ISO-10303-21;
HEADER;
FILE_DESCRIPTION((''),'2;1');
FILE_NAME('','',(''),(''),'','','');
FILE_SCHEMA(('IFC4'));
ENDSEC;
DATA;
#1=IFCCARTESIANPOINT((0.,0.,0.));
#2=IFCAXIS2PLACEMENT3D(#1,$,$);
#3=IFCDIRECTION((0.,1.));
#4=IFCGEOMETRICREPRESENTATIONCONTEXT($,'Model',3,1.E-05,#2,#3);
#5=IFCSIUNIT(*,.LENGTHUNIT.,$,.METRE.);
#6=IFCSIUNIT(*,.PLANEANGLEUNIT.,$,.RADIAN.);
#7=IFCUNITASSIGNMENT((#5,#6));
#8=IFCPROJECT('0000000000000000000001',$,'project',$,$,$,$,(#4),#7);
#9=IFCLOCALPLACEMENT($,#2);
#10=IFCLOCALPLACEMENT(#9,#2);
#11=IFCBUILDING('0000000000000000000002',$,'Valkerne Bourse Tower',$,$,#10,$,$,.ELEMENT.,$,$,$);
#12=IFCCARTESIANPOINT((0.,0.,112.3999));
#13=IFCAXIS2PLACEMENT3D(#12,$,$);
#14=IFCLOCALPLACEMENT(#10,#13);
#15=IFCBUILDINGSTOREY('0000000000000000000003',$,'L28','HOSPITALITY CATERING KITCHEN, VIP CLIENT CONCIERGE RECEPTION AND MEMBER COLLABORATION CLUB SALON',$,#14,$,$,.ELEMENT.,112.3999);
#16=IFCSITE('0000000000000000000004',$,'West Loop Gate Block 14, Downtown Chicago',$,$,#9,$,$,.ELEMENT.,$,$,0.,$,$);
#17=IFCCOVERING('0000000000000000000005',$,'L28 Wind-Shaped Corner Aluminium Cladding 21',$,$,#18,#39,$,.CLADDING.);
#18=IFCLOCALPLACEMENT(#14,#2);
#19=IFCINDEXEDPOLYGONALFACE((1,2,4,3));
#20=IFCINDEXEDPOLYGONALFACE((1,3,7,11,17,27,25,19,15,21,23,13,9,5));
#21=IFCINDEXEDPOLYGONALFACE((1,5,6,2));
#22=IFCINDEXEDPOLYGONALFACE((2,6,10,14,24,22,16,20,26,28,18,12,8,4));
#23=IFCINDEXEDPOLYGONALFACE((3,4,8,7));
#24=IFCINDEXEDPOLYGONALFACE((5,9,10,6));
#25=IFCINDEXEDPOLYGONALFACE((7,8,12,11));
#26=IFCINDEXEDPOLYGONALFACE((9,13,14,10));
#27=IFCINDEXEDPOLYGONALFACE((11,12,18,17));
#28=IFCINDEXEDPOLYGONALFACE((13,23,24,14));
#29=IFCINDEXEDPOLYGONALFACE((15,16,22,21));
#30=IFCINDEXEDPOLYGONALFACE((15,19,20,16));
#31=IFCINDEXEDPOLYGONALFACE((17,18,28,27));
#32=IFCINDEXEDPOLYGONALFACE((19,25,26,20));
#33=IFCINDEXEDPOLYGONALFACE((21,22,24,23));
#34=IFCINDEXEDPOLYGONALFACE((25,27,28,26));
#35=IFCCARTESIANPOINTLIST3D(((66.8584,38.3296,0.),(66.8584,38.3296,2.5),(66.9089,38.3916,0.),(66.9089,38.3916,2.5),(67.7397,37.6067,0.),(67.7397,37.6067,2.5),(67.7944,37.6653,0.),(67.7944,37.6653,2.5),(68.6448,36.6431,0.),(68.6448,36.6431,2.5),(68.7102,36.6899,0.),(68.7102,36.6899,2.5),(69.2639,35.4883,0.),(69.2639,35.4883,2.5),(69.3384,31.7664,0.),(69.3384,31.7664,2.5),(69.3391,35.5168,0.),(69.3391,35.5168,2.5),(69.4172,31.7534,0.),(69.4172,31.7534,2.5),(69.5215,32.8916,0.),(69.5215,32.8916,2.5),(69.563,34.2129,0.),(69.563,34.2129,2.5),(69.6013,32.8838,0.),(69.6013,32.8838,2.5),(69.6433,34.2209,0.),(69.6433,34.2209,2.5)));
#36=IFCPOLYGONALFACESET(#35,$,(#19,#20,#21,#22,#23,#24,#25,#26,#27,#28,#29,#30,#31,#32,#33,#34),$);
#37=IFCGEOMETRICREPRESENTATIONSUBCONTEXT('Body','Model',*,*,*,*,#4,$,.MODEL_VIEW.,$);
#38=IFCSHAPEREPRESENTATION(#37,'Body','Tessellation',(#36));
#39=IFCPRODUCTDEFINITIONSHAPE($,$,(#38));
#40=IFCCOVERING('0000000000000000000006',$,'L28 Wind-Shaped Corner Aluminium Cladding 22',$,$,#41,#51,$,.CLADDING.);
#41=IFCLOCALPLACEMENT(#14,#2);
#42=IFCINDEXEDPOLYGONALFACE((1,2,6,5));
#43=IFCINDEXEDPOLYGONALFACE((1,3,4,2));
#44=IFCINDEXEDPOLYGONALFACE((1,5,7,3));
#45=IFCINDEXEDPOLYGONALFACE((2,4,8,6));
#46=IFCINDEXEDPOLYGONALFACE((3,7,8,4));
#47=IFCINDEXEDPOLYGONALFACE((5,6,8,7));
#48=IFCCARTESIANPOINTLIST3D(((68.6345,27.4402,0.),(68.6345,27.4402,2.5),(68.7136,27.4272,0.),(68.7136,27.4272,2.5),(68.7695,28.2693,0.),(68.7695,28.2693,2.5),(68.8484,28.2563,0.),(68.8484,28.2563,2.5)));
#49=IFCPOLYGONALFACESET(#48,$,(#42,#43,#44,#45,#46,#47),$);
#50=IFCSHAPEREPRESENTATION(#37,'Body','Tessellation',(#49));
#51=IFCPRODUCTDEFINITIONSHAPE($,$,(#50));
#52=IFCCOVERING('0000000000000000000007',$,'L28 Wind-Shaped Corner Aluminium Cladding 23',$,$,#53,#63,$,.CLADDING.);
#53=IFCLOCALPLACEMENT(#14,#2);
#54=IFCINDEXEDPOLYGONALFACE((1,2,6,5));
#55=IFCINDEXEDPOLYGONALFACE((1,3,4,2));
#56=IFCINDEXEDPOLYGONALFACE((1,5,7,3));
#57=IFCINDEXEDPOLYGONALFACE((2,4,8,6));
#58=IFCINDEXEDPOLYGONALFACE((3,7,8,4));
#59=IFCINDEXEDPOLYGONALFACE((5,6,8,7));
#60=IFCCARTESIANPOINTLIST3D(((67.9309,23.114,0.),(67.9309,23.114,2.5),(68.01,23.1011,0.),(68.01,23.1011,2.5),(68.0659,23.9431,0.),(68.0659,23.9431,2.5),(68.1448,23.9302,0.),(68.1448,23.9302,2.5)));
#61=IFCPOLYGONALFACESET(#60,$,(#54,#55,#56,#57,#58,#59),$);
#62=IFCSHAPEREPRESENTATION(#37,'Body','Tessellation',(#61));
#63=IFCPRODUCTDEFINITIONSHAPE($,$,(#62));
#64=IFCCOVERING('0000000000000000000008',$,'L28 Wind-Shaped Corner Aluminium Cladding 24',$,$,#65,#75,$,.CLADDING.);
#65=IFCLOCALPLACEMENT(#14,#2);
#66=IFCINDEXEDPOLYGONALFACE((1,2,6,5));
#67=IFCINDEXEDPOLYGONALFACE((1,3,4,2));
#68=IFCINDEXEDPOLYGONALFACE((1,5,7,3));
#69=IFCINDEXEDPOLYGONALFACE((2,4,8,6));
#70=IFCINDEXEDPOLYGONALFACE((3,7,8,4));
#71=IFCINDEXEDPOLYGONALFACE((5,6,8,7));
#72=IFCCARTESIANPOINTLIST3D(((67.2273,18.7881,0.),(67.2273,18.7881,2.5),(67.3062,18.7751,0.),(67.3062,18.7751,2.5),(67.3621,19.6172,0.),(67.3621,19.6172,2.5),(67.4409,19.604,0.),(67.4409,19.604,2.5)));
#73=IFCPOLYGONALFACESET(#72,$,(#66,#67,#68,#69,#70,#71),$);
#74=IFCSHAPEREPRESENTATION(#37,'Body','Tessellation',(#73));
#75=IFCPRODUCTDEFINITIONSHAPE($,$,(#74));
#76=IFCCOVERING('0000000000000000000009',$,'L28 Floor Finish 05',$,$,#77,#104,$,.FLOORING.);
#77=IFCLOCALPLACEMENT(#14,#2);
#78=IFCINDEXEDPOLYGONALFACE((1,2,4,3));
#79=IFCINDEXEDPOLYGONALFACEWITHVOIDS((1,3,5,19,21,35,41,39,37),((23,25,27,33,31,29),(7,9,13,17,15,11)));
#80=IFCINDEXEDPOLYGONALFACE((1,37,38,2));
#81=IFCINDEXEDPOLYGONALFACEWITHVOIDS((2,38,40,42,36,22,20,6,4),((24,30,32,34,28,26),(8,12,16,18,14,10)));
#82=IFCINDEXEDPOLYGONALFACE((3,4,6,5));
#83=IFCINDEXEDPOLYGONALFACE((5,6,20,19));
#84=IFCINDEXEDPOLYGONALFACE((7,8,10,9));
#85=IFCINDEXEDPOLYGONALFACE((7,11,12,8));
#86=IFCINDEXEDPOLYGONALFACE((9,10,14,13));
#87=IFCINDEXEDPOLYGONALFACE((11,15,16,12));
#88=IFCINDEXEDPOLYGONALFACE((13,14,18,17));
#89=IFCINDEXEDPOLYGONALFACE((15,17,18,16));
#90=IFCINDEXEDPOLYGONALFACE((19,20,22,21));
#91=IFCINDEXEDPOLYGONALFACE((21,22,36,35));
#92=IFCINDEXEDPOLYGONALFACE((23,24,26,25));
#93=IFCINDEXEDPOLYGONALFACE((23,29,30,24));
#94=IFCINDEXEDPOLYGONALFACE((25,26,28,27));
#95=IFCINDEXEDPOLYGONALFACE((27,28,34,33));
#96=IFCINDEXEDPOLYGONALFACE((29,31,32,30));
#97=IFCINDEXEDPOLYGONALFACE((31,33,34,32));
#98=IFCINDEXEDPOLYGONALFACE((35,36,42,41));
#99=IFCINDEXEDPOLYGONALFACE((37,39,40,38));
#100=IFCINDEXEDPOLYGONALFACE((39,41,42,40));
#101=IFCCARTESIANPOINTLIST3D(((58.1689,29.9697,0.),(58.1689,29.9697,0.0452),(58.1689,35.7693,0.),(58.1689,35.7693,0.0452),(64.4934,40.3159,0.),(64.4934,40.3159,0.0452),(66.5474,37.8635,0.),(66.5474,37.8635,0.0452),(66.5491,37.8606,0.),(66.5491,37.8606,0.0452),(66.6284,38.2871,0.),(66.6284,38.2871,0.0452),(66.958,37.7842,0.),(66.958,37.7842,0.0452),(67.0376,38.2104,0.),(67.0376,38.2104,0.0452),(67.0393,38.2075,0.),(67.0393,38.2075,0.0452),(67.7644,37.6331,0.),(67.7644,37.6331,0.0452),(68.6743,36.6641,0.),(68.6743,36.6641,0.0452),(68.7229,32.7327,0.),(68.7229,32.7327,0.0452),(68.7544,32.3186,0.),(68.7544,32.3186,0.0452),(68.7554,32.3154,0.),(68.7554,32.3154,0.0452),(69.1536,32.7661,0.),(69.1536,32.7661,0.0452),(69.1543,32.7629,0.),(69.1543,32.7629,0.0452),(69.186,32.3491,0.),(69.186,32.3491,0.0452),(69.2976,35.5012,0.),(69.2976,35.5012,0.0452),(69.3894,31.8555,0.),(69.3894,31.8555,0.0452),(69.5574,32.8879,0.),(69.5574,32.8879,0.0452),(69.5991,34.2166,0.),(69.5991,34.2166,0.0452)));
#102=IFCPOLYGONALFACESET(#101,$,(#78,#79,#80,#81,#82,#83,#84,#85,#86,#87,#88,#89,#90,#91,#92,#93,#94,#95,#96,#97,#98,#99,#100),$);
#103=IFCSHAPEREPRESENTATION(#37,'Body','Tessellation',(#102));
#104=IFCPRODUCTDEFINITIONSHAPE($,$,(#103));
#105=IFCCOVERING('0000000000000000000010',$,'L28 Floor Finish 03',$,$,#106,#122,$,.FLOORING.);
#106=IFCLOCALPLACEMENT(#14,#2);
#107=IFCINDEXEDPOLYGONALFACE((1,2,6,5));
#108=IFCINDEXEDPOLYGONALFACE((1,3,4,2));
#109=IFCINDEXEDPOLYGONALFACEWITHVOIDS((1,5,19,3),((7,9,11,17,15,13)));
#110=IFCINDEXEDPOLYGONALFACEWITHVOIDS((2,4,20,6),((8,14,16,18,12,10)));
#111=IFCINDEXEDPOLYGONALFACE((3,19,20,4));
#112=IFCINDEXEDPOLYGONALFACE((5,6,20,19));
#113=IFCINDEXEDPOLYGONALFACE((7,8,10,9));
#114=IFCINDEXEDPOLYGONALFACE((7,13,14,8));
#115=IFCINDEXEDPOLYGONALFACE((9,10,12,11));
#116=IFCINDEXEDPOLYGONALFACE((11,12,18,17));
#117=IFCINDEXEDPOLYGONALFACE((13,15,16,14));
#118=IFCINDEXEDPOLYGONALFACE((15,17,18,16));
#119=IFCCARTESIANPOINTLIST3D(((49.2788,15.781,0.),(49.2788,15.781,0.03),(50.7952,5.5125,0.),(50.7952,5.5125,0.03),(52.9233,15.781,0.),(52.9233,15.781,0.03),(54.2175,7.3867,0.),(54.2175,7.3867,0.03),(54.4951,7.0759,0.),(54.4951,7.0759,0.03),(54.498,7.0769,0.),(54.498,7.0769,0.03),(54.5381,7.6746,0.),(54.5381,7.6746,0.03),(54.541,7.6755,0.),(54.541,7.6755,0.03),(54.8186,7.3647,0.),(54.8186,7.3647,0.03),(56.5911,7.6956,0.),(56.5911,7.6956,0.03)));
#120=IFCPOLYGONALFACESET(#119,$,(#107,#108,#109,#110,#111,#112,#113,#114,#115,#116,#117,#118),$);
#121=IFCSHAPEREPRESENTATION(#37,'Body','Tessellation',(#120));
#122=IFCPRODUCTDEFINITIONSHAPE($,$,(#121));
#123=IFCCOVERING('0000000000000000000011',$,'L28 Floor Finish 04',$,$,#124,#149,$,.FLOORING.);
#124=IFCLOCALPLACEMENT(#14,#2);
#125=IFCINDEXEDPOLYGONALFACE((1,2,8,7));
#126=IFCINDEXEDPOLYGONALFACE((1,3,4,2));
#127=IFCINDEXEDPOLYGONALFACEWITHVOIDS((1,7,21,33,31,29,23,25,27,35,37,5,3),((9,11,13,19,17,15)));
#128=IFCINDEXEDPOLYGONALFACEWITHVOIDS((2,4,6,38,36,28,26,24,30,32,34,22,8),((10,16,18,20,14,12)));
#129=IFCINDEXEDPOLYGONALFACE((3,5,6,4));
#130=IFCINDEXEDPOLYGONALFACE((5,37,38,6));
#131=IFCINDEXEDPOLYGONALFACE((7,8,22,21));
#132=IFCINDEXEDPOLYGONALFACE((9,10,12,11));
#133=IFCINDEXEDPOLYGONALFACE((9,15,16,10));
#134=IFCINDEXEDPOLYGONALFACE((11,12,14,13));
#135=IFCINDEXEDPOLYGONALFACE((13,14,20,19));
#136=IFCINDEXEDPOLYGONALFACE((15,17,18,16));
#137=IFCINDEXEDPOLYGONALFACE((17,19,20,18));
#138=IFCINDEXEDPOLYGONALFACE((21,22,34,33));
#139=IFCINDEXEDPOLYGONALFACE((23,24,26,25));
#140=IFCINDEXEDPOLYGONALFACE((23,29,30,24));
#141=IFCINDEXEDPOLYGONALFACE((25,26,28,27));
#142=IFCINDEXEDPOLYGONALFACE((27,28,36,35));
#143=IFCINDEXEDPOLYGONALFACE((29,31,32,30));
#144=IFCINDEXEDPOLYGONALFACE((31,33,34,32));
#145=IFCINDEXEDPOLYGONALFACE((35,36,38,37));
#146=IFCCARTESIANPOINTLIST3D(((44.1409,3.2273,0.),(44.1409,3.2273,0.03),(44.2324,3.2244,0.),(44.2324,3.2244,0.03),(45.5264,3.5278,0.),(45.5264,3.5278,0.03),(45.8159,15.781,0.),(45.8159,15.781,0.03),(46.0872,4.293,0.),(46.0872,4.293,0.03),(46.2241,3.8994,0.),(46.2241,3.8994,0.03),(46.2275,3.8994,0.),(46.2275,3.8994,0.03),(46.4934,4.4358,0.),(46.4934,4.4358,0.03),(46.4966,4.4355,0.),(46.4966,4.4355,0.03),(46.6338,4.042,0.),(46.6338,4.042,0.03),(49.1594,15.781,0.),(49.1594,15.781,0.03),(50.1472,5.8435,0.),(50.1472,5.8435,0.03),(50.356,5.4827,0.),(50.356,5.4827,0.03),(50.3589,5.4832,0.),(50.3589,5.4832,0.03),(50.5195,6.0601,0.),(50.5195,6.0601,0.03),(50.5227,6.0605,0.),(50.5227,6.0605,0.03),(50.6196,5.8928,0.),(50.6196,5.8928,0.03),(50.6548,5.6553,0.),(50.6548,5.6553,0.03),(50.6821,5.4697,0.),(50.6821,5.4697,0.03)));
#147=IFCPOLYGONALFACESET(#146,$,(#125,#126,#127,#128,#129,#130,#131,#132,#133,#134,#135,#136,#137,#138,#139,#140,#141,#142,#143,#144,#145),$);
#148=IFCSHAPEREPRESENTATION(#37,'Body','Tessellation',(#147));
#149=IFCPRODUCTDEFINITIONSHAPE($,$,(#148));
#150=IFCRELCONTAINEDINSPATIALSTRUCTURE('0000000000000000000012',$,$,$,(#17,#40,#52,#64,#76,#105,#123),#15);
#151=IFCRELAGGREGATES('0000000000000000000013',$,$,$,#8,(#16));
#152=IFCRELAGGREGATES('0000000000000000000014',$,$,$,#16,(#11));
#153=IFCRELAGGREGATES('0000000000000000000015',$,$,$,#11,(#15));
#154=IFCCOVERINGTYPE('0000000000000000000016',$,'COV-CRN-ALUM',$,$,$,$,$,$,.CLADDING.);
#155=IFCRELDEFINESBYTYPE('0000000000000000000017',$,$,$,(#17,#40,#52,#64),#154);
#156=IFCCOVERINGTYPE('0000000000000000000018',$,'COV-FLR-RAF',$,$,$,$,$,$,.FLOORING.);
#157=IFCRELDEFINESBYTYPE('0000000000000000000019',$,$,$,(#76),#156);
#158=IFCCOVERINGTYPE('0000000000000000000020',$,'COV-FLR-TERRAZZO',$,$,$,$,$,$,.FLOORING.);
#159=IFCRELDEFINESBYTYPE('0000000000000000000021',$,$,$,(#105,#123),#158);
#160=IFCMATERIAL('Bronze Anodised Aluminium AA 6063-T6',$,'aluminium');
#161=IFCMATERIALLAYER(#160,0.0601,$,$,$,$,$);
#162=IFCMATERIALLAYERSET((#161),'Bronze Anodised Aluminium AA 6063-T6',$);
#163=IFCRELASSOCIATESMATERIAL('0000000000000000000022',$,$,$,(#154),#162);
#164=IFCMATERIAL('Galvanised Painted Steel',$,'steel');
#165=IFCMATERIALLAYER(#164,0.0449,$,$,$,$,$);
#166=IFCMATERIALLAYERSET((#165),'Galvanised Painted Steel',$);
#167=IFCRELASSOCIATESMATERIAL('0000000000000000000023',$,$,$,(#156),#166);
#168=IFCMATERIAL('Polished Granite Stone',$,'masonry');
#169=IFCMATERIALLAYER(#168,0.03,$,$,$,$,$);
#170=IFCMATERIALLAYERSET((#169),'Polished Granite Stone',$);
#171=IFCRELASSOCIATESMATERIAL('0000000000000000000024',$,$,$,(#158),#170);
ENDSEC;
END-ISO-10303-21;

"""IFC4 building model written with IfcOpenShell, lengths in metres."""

from ifc_helpers import new_model, si_unit, direction, frame, origin, place, context, subcontext, project, spatial, polyline, outline, extrude, material, layer, layer_set, type_object, element, save


model = new_model("IFC4")

# Units and contexts
model_context = context("Model", 3, precision=1e-05, world=origin(), true_north=direction((0.0, 1.0)))
body_context = subcontext(model_context, "Body", "Model", "MODEL_VIEW")
ifc_project = project(units=[si_unit("LENGTHUNIT", "METRE"), si_unit("PLANEANGLEUNIT", "RADIAN")], contexts=[model_context])

# Site, building, storey
site_placement = place(None, origin())
site = spatial("IfcSite", under=ifc_project, at=site_placement, Name="West Loop Gate Block 14, Downtown Chicago", CompositionType="ELEMENT", RefElevation=0.0)
building_placement = place(site_placement, origin())
building = spatial("IfcBuilding", under=site, at=building_placement, Name="Valkerne Bourse Tower", CompositionType="ELEMENT")
storey_placement = place(building_placement, frame((0.0, 0.0, 112.3999)))
storey = spatial("IfcBuildingStorey", under=building, at=storey_placement, Name="L28", Description="HOSPITALITY CATERING KITCHEN, VIP CLIENT CONCIERGE RECEPTION AND MEMBER COLLABORATION CLUB SALON", CompositionType="ELEMENT", Elevation=112.3999)

# Coverings
ifc_material_1 = material(Name="Bronze Anodised Aluminium AA 6063-T6", Category="aluminium")
ifc_layer_1 = layer(ifc_material_1, 0.0601)
ifc_layer_set_1 = layer_set([ifc_layer_1], Name="Bronze Anodised Aluminium AA 6063-T6")
covering_type_1 = type_object("IfcCoveringType", Name="COV-CRN-ALUM", PredefinedType="CLADDING", material=ifc_layer_set_1)
covering_1_placement = place(storey_placement, origin())
element("IfcCovering", 1, at=covering_1_placement, inside=storey, type_object=covering_type_1, Name="L28 Wind-Shaped Corner Aluminium Cladding 21", PredefinedType="CLADDING", context=body_context, shape_type="SweptSolid", body=[
    extrude(outline(polyline([(67.7944, 37.6653), (68.7102, 36.6899), (69.3391, 35.5168), (69.6433, 34.2209), (69.6013, 32.8838), (69.4172, 31.7534), (69.3384, 31.7664), (69.5215, 32.8916), (69.563, 34.2129), (69.2639, 35.4883), (68.6448, 36.6431), (67.7397, 37.6067), (66.8584, 38.3296), (66.9089, 38.3916), (67.7944, 37.6653)])), origin(), (0.0, 0.0, 1.0), 2.5),
])
covering_2_placement = place(storey_placement, origin())
element("IfcCovering", 2, at=covering_2_placement, inside=storey, type_object=covering_type_1, Name="L28 Wind-Shaped Corner Aluminium Cladding 22", PredefinedType="CLADDING", context=body_context, shape_type="SweptSolid", body=[
    extrude(outline(polyline([(68.7136, 27.4272), (68.6345, 27.4402), (68.7695, 28.2693), (68.8484, 28.2563), (68.7136, 27.4272)])), origin(), (0.0, 0.0, 1.0), 2.5),
])
covering_3_placement = place(storey_placement, origin())
element("IfcCovering", 3, at=covering_3_placement, inside=storey, type_object=covering_type_1, Name="L28 Wind-Shaped Corner Aluminium Cladding 23", PredefinedType="CLADDING", context=body_context, shape_type="SweptSolid", body=[
    extrude(outline(polyline([(68.01, 23.1011), (67.9309, 23.114), (68.0659, 23.9431), (68.1448, 23.9302), (68.01, 23.1011)])), origin(), (0.0, 0.0, 1.0), 2.5),
])
covering_4_placement = place(storey_placement, origin())
element("IfcCovering", 4, at=covering_4_placement, inside=storey, type_object=covering_type_1, Name="L28 Wind-Shaped Corner Aluminium Cladding 24", PredefinedType="CLADDING", context=body_context, shape_type="SweptSolid", body=[
    extrude(outline(polyline([(67.3062, 18.7751), (67.2273, 18.7881), (67.3621, 19.6172), (67.4409, 19.604), (67.3062, 18.7751)])), origin(), (0.0, 0.0, 1.0), 2.5),
])
ifc_material_2 = material(Name="Galvanised Painted Steel", Category="steel")
ifc_layer_2 = layer(ifc_material_2, 0.0449)
ifc_layer_set_2 = layer_set([ifc_layer_2], Name="Galvanised Painted Steel")
covering_type_2 = type_object("IfcCoveringType", Name="COV-FLR-RAF", PredefinedType="FLOORING", material=ifc_layer_set_2)
covering_5_placement = place(storey_placement, origin())
element("IfcCovering", 5, at=covering_5_placement, inside=storey, type_object=covering_type_2, Name="L28 Floor Finish 05", PredefinedType="FLOORING", context=body_context, shape_type="SweptSolid", body=[
    extrude(outline(polyline([(69.2976, 35.5012), (69.5991, 34.2166), (69.5574, 32.8879), (69.3894, 31.8555), (58.1689, 29.9697), (58.1689, 35.7693), (64.4934, 40.3159), (67.7644, 37.6331), (68.6743, 36.6641), (69.2976, 35.5012)]), holes=[polyline([(69.1543, 32.7629), (69.1536, 32.7661), (68.7229, 32.7327), (68.7544, 32.3186), (68.7554, 32.3154), (69.186, 32.3491), (69.1543, 32.7629)]), polyline([(67.0393, 38.2075), (67.0376, 38.2104), (66.6284, 38.2871), (66.5474, 37.8635), (66.5491, 37.8606), (66.958, 37.7842), (67.0393, 38.2075)])]), origin(), (0.0, 0.0, 1.0), 0.0452),
])
ifc_material_3 = material(Name="Polished Granite Stone", Category="masonry")
ifc_layer_3 = layer(ifc_material_3, 0.03)
ifc_layer_set_3 = layer_set([ifc_layer_3], Name="Polished Granite Stone")
covering_type_3 = type_object("IfcCoveringType", Name="COV-FLR-TERRAZZO", PredefinedType="FLOORING", material=ifc_layer_set_3)
covering_6_placement = place(storey_placement, origin())
element("IfcCovering", 6, at=covering_6_placement, inside=storey, type_object=covering_type_3, Name="L28 Floor Finish 03", PredefinedType="FLOORING", context=body_context, shape_type="SweptSolid", body=[
    extrude(outline(polyline([(52.9233, 15.781), (56.5911, 7.6956), (50.7952, 5.5125), (49.2788, 15.781), (52.9233, 15.781)]), holes=[polyline([(54.8186, 7.3647), (54.541, 7.6755), (54.5381, 7.6746), (54.2175, 7.3867), (54.4951, 7.0759), (54.498, 7.0769), (54.8186, 7.3647)])]), origin(), (0.0, 0.0, 1.0), 0.03),
])
covering_7_placement = place(storey_placement, origin())
element("IfcCovering", 7, at=covering_7_placement, inside=storey, type_object=covering_type_3, Name="L28 Floor Finish 04", PredefinedType="FLOORING", context=body_context, shape_type="SweptSolid", body=[
    extrude(outline(polyline([(44.1409, 3.2273), (45.8159, 15.781), (49.1594, 15.781), (50.6196, 5.8928), (50.5227, 6.0605), (50.5195, 6.0601), (50.1472, 5.8435), (50.356, 5.4827), (50.3589, 5.4832), (50.6548, 5.6553), (50.6821, 5.4697), (45.5264, 3.5278), (44.2324, 3.2244), (44.1409, 3.2273)]), holes=[polyline([(46.6338, 4.042), (46.4966, 4.4355), (46.4934, 4.4358), (46.0872, 4.293), (46.2241, 3.8994), (46.2275, 3.8994), (46.6338, 4.042)])]), origin(), (0.0, 0.0, 1.0), 0.03),
])

save(model, "model.ifc")
